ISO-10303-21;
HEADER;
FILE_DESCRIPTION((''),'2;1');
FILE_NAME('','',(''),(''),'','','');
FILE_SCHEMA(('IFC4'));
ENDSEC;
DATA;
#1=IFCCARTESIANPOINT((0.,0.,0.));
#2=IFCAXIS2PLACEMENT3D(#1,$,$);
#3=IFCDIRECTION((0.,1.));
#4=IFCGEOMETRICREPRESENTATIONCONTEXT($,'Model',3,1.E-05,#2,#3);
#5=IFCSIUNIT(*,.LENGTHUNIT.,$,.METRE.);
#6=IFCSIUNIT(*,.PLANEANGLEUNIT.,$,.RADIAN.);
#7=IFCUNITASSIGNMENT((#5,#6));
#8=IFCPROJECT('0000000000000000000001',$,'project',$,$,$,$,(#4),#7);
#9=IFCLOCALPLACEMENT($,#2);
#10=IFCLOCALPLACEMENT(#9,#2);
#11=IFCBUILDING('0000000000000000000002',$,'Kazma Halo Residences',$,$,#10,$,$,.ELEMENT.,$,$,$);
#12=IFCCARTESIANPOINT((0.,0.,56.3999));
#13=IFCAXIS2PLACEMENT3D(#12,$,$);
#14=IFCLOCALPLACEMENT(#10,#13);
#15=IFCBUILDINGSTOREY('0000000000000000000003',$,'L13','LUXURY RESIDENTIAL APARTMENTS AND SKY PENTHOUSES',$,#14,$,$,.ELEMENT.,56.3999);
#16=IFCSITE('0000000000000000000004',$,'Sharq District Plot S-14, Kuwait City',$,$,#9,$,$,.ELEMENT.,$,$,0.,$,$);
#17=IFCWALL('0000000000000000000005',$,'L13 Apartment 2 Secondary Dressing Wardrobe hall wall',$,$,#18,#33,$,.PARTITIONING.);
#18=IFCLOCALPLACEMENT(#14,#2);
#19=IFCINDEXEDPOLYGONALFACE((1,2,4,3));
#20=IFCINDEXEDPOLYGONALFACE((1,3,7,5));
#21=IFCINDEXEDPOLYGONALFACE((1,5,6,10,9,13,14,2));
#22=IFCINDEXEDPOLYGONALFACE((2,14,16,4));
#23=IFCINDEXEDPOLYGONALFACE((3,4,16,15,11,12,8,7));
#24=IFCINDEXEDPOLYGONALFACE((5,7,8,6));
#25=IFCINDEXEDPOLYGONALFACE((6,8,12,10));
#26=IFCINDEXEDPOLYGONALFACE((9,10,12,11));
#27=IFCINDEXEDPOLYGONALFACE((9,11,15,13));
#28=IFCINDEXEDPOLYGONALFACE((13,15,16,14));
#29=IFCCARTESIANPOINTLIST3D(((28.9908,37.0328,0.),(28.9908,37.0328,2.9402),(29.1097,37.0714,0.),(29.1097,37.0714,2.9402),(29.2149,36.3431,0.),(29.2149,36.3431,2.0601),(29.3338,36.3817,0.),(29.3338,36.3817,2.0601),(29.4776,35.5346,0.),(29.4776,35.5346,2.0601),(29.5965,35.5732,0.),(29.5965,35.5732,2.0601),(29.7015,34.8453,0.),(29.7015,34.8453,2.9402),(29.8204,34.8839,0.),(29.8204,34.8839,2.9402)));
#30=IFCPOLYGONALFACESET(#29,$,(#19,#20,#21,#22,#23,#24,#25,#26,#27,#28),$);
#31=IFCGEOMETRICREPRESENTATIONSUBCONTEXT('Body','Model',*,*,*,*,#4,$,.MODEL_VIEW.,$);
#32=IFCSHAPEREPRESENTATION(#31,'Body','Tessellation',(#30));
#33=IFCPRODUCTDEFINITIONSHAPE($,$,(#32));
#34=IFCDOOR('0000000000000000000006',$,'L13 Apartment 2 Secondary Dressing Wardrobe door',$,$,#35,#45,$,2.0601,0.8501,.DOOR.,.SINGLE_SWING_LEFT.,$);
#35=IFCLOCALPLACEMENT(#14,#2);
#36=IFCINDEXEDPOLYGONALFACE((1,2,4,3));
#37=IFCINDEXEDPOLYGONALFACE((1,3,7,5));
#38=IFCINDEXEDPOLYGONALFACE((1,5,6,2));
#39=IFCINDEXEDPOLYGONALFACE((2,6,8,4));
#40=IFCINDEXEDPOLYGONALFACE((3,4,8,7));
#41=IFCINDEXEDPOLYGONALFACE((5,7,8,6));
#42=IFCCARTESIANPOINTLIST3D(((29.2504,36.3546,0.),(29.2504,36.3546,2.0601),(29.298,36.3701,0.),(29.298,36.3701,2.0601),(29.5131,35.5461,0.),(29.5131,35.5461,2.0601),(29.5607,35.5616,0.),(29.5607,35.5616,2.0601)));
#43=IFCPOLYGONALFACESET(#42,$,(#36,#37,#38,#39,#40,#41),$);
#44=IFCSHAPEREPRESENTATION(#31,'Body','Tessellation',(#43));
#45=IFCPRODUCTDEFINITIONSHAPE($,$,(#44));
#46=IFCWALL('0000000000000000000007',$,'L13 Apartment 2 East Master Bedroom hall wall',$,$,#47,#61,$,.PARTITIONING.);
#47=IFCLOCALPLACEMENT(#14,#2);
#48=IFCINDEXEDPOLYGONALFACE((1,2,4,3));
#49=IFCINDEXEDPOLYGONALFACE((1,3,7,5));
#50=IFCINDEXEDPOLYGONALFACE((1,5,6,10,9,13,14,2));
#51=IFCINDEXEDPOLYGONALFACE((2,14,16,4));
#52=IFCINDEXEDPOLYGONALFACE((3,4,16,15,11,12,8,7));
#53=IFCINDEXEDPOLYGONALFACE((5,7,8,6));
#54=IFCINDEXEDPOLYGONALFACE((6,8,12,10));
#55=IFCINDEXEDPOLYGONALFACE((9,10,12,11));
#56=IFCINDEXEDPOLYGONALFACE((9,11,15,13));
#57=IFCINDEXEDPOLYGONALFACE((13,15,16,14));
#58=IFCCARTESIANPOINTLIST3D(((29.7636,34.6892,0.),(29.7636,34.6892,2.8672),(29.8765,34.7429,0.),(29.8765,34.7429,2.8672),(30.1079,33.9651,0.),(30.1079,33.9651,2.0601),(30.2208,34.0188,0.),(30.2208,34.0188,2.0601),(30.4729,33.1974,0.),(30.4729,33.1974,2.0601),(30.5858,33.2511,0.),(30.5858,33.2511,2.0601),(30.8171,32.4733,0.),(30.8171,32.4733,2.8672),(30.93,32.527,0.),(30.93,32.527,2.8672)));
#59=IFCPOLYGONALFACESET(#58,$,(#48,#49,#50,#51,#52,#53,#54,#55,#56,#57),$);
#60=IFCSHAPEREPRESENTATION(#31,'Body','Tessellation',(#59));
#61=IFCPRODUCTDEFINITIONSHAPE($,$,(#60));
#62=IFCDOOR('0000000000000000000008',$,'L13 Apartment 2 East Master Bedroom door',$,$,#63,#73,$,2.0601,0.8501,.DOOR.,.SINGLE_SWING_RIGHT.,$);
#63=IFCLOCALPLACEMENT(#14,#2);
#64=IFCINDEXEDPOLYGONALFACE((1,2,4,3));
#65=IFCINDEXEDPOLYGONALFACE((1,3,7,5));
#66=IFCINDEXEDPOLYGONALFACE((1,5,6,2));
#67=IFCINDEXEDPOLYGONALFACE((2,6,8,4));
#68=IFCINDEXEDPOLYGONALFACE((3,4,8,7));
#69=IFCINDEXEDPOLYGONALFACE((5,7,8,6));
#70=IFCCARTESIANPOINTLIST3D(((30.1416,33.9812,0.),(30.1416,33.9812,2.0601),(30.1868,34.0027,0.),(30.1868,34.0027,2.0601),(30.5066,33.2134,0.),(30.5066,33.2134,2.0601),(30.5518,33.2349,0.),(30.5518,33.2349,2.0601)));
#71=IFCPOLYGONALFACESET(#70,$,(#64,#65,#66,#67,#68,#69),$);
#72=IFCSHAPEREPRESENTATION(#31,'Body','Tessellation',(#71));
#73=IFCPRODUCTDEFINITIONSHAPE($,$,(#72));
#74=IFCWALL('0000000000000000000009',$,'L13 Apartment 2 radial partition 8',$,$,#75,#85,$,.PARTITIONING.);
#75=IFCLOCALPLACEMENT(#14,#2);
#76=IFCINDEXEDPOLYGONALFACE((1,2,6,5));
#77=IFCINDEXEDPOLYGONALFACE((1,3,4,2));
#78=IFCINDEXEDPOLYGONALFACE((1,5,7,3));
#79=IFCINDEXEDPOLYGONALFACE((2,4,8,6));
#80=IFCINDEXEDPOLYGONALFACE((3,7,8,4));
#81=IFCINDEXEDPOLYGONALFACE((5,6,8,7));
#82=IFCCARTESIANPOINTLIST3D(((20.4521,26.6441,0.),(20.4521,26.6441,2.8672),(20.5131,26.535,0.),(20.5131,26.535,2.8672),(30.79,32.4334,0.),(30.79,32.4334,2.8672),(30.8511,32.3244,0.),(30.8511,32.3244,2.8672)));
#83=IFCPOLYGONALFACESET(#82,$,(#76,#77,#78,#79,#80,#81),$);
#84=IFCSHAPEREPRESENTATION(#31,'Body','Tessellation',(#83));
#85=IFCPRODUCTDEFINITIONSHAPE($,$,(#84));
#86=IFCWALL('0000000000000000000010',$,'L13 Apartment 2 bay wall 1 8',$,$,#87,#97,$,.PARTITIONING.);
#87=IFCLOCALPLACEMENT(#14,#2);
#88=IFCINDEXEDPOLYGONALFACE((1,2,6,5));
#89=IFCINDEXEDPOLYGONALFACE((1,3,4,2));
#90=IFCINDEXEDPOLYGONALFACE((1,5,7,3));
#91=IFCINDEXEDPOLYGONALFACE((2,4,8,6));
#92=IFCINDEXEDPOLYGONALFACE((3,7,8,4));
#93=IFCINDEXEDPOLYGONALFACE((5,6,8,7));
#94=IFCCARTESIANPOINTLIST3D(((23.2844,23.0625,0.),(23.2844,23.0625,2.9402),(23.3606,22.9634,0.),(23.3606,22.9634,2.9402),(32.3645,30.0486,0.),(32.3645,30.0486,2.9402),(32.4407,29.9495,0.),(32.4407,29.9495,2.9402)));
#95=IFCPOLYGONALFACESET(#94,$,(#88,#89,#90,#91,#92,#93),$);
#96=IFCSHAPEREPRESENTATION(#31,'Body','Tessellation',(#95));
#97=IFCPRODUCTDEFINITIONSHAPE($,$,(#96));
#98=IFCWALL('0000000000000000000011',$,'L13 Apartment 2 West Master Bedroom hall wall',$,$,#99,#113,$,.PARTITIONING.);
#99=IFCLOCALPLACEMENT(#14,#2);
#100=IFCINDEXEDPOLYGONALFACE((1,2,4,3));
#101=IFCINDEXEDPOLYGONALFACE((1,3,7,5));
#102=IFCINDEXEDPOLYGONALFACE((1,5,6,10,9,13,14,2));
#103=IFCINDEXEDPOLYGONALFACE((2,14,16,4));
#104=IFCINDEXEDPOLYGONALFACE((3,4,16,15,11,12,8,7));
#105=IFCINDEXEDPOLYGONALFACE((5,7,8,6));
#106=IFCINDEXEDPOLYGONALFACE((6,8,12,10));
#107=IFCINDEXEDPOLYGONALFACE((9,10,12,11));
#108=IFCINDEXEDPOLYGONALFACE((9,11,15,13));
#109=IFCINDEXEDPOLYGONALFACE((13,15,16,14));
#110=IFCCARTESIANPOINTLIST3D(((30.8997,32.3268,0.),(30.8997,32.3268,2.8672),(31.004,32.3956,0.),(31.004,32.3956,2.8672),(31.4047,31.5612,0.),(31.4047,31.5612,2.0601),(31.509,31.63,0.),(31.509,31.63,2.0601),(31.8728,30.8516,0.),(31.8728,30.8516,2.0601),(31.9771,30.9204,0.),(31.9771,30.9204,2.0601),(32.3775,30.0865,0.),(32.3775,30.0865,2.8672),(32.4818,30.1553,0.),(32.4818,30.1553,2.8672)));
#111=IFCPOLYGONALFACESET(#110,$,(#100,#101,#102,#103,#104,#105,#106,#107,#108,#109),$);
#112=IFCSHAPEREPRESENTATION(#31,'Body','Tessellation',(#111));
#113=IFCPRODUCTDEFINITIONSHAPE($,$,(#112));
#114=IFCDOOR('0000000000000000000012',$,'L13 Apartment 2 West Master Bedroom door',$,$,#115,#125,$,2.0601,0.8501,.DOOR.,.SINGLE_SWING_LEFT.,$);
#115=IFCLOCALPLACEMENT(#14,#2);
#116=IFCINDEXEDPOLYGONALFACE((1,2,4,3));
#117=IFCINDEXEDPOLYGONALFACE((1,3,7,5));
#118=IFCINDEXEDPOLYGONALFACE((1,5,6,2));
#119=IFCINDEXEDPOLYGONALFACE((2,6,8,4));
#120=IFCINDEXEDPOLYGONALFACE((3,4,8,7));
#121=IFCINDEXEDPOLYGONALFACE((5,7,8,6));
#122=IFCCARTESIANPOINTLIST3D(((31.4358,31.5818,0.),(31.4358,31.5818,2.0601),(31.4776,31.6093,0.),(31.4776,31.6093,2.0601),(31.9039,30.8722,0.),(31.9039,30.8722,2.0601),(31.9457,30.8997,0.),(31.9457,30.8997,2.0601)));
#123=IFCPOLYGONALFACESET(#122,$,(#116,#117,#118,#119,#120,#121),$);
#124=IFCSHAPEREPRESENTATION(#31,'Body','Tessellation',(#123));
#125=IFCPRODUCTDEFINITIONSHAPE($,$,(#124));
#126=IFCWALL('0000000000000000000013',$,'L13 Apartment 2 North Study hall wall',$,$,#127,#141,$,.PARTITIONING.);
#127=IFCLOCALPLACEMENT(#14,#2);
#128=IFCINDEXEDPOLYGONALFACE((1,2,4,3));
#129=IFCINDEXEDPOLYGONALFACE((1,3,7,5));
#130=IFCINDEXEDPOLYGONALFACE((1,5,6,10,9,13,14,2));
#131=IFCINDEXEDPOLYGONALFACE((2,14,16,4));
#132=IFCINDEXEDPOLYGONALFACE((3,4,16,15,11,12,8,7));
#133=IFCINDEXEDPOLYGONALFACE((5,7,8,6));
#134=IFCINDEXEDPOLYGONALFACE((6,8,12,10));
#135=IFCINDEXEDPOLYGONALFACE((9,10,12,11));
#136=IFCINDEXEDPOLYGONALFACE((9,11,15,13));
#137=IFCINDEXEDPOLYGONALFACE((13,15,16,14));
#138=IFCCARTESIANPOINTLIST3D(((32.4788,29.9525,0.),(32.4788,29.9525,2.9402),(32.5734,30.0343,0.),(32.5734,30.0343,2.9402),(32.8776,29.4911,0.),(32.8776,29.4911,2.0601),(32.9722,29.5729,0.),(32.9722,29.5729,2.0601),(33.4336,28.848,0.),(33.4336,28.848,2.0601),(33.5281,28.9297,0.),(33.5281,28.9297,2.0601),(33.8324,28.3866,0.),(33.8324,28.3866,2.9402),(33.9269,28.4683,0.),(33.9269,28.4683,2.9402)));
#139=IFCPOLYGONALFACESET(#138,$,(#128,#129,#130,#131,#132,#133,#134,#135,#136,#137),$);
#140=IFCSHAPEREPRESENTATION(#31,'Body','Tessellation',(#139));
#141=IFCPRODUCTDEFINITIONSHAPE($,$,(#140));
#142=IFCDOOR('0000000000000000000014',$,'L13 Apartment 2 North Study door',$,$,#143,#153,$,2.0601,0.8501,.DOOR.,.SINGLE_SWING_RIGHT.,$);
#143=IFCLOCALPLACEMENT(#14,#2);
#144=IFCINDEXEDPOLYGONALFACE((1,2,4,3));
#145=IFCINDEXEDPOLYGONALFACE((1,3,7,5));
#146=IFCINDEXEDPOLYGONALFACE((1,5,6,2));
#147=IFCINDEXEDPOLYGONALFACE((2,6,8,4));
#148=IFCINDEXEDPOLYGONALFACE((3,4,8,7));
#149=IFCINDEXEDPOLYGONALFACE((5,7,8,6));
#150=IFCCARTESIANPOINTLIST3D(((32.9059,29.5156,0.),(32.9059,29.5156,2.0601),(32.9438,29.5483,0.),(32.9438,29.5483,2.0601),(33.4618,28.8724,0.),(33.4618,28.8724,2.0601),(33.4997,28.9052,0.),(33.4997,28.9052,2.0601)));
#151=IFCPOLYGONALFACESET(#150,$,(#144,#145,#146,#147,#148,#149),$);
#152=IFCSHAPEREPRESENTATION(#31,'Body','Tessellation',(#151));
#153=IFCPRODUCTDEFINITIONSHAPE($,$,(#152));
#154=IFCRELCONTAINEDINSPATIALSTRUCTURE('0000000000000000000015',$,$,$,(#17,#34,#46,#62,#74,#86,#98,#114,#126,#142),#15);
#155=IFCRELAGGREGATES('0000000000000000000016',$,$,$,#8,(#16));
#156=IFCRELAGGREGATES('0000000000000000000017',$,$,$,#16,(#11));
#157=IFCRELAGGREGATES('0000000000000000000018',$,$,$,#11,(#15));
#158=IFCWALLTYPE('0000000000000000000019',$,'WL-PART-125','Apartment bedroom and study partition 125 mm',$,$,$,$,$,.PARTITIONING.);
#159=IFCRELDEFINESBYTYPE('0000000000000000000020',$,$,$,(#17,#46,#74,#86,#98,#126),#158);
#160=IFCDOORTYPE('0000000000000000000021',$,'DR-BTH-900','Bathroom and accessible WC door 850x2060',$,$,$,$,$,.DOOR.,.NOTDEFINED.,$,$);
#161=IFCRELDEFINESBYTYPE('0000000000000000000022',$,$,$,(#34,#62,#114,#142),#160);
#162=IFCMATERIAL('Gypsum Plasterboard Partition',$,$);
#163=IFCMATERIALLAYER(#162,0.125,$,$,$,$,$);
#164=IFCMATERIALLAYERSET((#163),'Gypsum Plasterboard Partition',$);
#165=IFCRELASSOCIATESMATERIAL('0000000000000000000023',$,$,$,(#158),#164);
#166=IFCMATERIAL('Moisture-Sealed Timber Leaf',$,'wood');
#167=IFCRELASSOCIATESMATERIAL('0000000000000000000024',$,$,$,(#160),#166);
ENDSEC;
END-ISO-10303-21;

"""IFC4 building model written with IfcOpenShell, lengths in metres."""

from ifc_helpers import new_model, si_unit, direction, frame, frame_2d, origin, place, context, subcontext, project, spatial, rectangle, extrude, material, layer, layer_set, type_object, element, fill, save


model = new_model("IFC4")

# Units and contexts
model_context = context("Model", 3, precision=1e-05, world=origin(), true_north=direction((0.0, 1.0)))
body_context = subcontext(model_context, "Body", "Model", "MODEL_VIEW")
ifc_project = project(units=[si_unit("LENGTHUNIT", "METRE"), si_unit("PLANEANGLEUNIT", "RADIAN")], contexts=[model_context])

# Site, building, storey
site_placement = place(None, origin())
site = spatial("IfcSite", under=ifc_project, at=site_placement, Name="Sharq District Plot S-14, Kuwait City", CompositionType="ELEMENT", RefElevation=0.0)
building_placement = place(site_placement, origin())
building = spatial("IfcBuilding", under=site, at=building_placement, Name="Kazma Halo Residences", CompositionType="ELEMENT")
storey_placement = place(building_placement, frame((0.0, 0.0, 56.3999)))
storey = spatial("IfcBuildingStorey", under=building, at=storey_placement, Name="L13", Description="LUXURY RESIDENTIAL APARTMENTS AND SKY PENTHOUSES", CompositionType="ELEMENT", Elevation=56.3999)

# Shared definitions
ifc_material_1 = material(Name="Gypsum Plasterboard Partition")
ifc_layer_1 = layer(ifc_material_1, 0.125)
ifc_layer_set_1 = layer_set([ifc_layer_1], Name="Gypsum Plasterboard Partition")
wall_type_1 = type_object("IfcWallType", Name="WL-PART-125", Description="Apartment bedroom and study partition 125 mm", PredefinedType="PARTITIONING", material=ifc_layer_set_1)

# Walls, openings, doors
wall_1_placement = place(storey_placement, frame((29.0503, 37.052, 0.0), z_axis=(0.0, 0.0, 1.0), x_axis=(0.30899, -0.951065, 0.0)))
wall_1 = element("IfcWall", 1, at=wall_1_placement, inside=storey, type_object=wall_type_1, Name="L13 Apartment 2 Secondary Dressing Wardrobe hall wall", PredefinedType="PARTITIONING", context=body_context, shape_type="SweptSolid", body=[
    extrude(rectangle(XDim=2.3, YDim=0.125, at=frame_2d((1.1499, 0.0))), origin(), (0.0, 0.0, 1.0), 2.9402),
])
opening_1_placement = place(wall_1_placement, frame((0.7251, 0.0, 0.0)))
opening_1 = element("IfcOpeningElement", 2, at=opening_1_placement, cuts=wall_1, PredefinedType="OPENING", context=body_context, shape_type="SweptSolid", body=[
    extrude(rectangle(XDim=0.8501, YDim=2.0601, at=frame_2d((0.425, 1.03))), frame((0.0, 0.0725, 0.0), z_axis=(0.0, -1.0, 0.0), x_axis=(1.0, 0.0, 0.0)), (0.0, 0.0, 1.0), 0.145),
])
ifc_material_2 = material(Name="Moisture-Sealed Timber Leaf", Category="wood")
door_type = type_object("IfcDoorType", Name="DR-BTH-900", Description="Bathroom and accessible WC door 850x2060", OperationType="NOTDEFINED", PredefinedType="DOOR", material=ifc_material_2)
door_1_placement = place(opening_1_placement, origin())
door_1 = element("IfcDoor", 3, at=door_1_placement, inside=storey, type_object=door_type, Name="L13 Apartment 2 Secondary Dressing Wardrobe door", OperationType="SINGLE_SWING_LEFT", OverallHeight=2.0601, OverallWidth=0.8501, PredefinedType="DOOR", context=body_context, shape_type="SweptSolid", body=[
    extrude(rectangle(XDim=0.8501, YDim=2.0601, at=frame_2d((0.425, 1.03))), frame((0.0, 0.0249, 0.0), z_axis=(0.0, -1.0, 0.0), x_axis=(1.0, 0.0, 0.0)), (0.0, 0.0, 1.0), 0.05),
])
fill(opening_1, door_1)
wall_2_placement = place(storey_placement, frame((29.8201, 34.7161, 0.0), z_axis=(0.0, 0.0, 1.0), x_axis=(0.429373, -0.903127, 0.0)))
wall_2 = element("IfcWall", 4, at=wall_2_placement, inside=storey, type_object=wall_type_1, Name="L13 Apartment 2 East Master Bedroom hall wall", PredefinedType="PARTITIONING", context=body_context, shape_type="SweptSolid", body=[
    extrude(rectangle(XDim=2.4536, YDim=0.125, at=frame_2d((1.2268, 0.0))), origin(), (0.0, 0.0, 1.0), 2.8672),
])
opening_2_placement = place(wall_2_placement, frame((0.8018, 0.0, 0.0)))
opening_2 = element("IfcOpeningElement", 5, at=opening_2_placement, cuts=wall_2, PredefinedType="OPENING", context=body_context, shape_type="SweptSolid", body=[
    extrude(rectangle(XDim=0.8501, YDim=2.0601, at=frame_2d((0.425, 1.03))), frame((0.0, 0.0725, 0.0), z_axis=(0.0, -1.0, 0.0), x_axis=(1.0, 0.0, 0.0)), (0.0, 0.0, 1.0), 0.145),
])
door_2_placement = place(opening_2_placement, origin())
door_2 = element("IfcDoor", 6, at=door_2_placement, inside=storey, type_object=door_type, Name="L13 Apartment 2 East Master Bedroom door", OperationType="SINGLE_SWING_RIGHT", OverallHeight=2.0601, OverallWidth=0.8501, PredefinedType="DOOR", context=body_context, shape_type="SweptSolid", body=[
    extrude(rectangle(XDim=0.8501, YDim=2.0601, at=frame_2d((0.425, 1.03))), frame((0.0, 0.0249, 0.0), z_axis=(0.0, -1.0, 0.0), x_axis=(1.0, 0.0, 0.0)), (0.0, 0.0, 1.0), 0.05),
])
fill(opening_2, door_2)

# Walls
wall_3_placement = place(storey_placement, frame((30.8206, 32.3789, 0.0), z_axis=(0.0, 0.0, 1.0), x_axis=(-0.872503, -0.488609, 0.0)))
element("IfcWall", 7, at=wall_3_placement, inside=storey, type_object=wall_type_1, Name="L13 Apartment 2 radial partition 8", PredefinedType="PARTITIONING", context=body_context, shape_type="SweptSolid", body=[
    extrude(rectangle(XDim=11.8486, YDim=0.125, at=frame_2d((5.9243, 0.0))), origin(), (0.0, 0.0, 1.0), 2.8672),
])
wall_4_placement = place(storey_placement, frame((32.4026, 29.999, 0.0), z_axis=(0.0, 0.0, 1.0), x_axis=(-0.792565, -0.609788, 0.0)))
element("IfcWall", 8, at=wall_4_placement, inside=storey, type_object=wall_type_1, Name="L13 Apartment 2 bay wall 1 8", PredefinedType="PARTITIONING", context=body_context, shape_type="SweptSolid", body=[
    extrude(rectangle(XDim=11.4565, YDim=0.125, at=frame_2d((5.7283, 0.0))), origin(), (0.0, 0.0, 1.0), 2.9402),
])

# Walls, openings, doors
wall_5_placement = place(storey_placement, frame((30.9519, 32.3611, 0.0), z_axis=(0.0, 0.0, 1.0), x_axis=(0.550642, -0.834742, 0.0)))
wall_5 = element("IfcWall", 9, at=wall_5_placement, inside=storey, type_object=wall_type_1, Name="L13 Apartment 2 West Master Bedroom hall wall", PredefinedType="PARTITIONING", context=body_context, shape_type="SweptSolid", body=[
    extrude(rectangle(XDim=2.6838, YDim=0.125, at=frame_2d((1.3418, 0.0))), origin(), (0.0, 0.0, 1.0), 2.8672),
])
opening_3_placement = place(wall_5_placement, frame((0.917, 0.0, 0.0)))
opening_3 = element("IfcOpeningElement", 10, at=opening_3_placement, cuts=wall_5, PredefinedType="OPENING", context=body_context, shape_type="SweptSolid", body=[
    extrude(rectangle(XDim=0.8501, YDim=2.0601, at=frame_2d((0.425, 1.03))), frame((0.0, 0.0725, 0.0), z_axis=(0.0, -1.0, 0.0), x_axis=(1.0, 0.0, 0.0)), (0.0, 0.0, 1.0), 0.145),
])
door_3_placement = place(opening_3_placement, origin())
door_3 = element("IfcDoor", 11, at=door_3_placement, inside=storey, type_object=door_type, Name="L13 Apartment 2 West Master Bedroom door", OperationType="SINGLE_SWING_LEFT", OverallHeight=2.0601, OverallWidth=0.8501, PredefinedType="DOOR", context=body_context, shape_type="SweptSolid", body=[
    extrude(rectangle(XDim=0.8501, YDim=2.0601, at=frame_2d((0.425, 1.03))), frame((0.0, 0.0249, 0.0), z_axis=(0.0, -1.0, 0.0), x_axis=(1.0, 0.0, 0.0)), (0.0, 0.0, 1.0), 0.05),
])
fill(opening_3, door_3)
wall_6_placement = place(storey_placement, frame((32.5261, 29.9934, 0.0), z_axis=(0.0, 0.0, 1.0), x_axis=(0.653933, -0.756552, 0.0)))
wall_6 = element("IfcWall", 12, at=wall_6_placement, inside=storey, type_object=wall_type_1, Name="L13 Apartment 2 North Study hall wall", PredefinedType="PARTITIONING", context=body_context, shape_type="SweptSolid", body=[
    extrude(rectangle(XDim=2.0698, YDim=0.125, at=frame_2d((1.0349, 0.0))), origin(), (0.0, 0.0, 1.0), 2.9402),
])
opening_4_placement = place(wall_6_placement, frame((0.6099, 0.0, 0.0)))
opening_4 = element("IfcOpeningElement", 13, at=opening_4_placement, cuts=wall_6, PredefinedType="OPENING", context=body_context, shape_type="SweptSolid", body=[
    extrude(rectangle(XDim=0.8501, YDim=2.0601, at=frame_2d((0.425, 1.03))), frame((0.0, 0.0725, 0.0), z_axis=(0.0, -1.0, 0.0), x_axis=(1.0, 0.0, 0.0)), (0.0, 0.0, 1.0), 0.145),
])
door_4_placement = place(opening_4_placement, origin())
door_4 = element("IfcDoor", 14, at=door_4_placement, inside=storey, type_object=door_type, Name="L13 Apartment 2 North Study door", OperationType="SINGLE_SWING_RIGHT", OverallHeight=2.0601, OverallWidth=0.8501, PredefinedType="DOOR", context=body_context, shape_type="SweptSolid", body=[
    extrude(rectangle(XDim=0.8501, YDim=2.0601, at=frame_2d((0.425, 1.03))), frame((0.0, 0.0249, 0.0), z_axis=(0.0, -1.0, 0.0), x_axis=(1.0, 0.0, 0.0)), (0.0, 0.0, 1.0), 0.05),
])
fill(opening_4, door_4)

save(model, "model.ifc")
